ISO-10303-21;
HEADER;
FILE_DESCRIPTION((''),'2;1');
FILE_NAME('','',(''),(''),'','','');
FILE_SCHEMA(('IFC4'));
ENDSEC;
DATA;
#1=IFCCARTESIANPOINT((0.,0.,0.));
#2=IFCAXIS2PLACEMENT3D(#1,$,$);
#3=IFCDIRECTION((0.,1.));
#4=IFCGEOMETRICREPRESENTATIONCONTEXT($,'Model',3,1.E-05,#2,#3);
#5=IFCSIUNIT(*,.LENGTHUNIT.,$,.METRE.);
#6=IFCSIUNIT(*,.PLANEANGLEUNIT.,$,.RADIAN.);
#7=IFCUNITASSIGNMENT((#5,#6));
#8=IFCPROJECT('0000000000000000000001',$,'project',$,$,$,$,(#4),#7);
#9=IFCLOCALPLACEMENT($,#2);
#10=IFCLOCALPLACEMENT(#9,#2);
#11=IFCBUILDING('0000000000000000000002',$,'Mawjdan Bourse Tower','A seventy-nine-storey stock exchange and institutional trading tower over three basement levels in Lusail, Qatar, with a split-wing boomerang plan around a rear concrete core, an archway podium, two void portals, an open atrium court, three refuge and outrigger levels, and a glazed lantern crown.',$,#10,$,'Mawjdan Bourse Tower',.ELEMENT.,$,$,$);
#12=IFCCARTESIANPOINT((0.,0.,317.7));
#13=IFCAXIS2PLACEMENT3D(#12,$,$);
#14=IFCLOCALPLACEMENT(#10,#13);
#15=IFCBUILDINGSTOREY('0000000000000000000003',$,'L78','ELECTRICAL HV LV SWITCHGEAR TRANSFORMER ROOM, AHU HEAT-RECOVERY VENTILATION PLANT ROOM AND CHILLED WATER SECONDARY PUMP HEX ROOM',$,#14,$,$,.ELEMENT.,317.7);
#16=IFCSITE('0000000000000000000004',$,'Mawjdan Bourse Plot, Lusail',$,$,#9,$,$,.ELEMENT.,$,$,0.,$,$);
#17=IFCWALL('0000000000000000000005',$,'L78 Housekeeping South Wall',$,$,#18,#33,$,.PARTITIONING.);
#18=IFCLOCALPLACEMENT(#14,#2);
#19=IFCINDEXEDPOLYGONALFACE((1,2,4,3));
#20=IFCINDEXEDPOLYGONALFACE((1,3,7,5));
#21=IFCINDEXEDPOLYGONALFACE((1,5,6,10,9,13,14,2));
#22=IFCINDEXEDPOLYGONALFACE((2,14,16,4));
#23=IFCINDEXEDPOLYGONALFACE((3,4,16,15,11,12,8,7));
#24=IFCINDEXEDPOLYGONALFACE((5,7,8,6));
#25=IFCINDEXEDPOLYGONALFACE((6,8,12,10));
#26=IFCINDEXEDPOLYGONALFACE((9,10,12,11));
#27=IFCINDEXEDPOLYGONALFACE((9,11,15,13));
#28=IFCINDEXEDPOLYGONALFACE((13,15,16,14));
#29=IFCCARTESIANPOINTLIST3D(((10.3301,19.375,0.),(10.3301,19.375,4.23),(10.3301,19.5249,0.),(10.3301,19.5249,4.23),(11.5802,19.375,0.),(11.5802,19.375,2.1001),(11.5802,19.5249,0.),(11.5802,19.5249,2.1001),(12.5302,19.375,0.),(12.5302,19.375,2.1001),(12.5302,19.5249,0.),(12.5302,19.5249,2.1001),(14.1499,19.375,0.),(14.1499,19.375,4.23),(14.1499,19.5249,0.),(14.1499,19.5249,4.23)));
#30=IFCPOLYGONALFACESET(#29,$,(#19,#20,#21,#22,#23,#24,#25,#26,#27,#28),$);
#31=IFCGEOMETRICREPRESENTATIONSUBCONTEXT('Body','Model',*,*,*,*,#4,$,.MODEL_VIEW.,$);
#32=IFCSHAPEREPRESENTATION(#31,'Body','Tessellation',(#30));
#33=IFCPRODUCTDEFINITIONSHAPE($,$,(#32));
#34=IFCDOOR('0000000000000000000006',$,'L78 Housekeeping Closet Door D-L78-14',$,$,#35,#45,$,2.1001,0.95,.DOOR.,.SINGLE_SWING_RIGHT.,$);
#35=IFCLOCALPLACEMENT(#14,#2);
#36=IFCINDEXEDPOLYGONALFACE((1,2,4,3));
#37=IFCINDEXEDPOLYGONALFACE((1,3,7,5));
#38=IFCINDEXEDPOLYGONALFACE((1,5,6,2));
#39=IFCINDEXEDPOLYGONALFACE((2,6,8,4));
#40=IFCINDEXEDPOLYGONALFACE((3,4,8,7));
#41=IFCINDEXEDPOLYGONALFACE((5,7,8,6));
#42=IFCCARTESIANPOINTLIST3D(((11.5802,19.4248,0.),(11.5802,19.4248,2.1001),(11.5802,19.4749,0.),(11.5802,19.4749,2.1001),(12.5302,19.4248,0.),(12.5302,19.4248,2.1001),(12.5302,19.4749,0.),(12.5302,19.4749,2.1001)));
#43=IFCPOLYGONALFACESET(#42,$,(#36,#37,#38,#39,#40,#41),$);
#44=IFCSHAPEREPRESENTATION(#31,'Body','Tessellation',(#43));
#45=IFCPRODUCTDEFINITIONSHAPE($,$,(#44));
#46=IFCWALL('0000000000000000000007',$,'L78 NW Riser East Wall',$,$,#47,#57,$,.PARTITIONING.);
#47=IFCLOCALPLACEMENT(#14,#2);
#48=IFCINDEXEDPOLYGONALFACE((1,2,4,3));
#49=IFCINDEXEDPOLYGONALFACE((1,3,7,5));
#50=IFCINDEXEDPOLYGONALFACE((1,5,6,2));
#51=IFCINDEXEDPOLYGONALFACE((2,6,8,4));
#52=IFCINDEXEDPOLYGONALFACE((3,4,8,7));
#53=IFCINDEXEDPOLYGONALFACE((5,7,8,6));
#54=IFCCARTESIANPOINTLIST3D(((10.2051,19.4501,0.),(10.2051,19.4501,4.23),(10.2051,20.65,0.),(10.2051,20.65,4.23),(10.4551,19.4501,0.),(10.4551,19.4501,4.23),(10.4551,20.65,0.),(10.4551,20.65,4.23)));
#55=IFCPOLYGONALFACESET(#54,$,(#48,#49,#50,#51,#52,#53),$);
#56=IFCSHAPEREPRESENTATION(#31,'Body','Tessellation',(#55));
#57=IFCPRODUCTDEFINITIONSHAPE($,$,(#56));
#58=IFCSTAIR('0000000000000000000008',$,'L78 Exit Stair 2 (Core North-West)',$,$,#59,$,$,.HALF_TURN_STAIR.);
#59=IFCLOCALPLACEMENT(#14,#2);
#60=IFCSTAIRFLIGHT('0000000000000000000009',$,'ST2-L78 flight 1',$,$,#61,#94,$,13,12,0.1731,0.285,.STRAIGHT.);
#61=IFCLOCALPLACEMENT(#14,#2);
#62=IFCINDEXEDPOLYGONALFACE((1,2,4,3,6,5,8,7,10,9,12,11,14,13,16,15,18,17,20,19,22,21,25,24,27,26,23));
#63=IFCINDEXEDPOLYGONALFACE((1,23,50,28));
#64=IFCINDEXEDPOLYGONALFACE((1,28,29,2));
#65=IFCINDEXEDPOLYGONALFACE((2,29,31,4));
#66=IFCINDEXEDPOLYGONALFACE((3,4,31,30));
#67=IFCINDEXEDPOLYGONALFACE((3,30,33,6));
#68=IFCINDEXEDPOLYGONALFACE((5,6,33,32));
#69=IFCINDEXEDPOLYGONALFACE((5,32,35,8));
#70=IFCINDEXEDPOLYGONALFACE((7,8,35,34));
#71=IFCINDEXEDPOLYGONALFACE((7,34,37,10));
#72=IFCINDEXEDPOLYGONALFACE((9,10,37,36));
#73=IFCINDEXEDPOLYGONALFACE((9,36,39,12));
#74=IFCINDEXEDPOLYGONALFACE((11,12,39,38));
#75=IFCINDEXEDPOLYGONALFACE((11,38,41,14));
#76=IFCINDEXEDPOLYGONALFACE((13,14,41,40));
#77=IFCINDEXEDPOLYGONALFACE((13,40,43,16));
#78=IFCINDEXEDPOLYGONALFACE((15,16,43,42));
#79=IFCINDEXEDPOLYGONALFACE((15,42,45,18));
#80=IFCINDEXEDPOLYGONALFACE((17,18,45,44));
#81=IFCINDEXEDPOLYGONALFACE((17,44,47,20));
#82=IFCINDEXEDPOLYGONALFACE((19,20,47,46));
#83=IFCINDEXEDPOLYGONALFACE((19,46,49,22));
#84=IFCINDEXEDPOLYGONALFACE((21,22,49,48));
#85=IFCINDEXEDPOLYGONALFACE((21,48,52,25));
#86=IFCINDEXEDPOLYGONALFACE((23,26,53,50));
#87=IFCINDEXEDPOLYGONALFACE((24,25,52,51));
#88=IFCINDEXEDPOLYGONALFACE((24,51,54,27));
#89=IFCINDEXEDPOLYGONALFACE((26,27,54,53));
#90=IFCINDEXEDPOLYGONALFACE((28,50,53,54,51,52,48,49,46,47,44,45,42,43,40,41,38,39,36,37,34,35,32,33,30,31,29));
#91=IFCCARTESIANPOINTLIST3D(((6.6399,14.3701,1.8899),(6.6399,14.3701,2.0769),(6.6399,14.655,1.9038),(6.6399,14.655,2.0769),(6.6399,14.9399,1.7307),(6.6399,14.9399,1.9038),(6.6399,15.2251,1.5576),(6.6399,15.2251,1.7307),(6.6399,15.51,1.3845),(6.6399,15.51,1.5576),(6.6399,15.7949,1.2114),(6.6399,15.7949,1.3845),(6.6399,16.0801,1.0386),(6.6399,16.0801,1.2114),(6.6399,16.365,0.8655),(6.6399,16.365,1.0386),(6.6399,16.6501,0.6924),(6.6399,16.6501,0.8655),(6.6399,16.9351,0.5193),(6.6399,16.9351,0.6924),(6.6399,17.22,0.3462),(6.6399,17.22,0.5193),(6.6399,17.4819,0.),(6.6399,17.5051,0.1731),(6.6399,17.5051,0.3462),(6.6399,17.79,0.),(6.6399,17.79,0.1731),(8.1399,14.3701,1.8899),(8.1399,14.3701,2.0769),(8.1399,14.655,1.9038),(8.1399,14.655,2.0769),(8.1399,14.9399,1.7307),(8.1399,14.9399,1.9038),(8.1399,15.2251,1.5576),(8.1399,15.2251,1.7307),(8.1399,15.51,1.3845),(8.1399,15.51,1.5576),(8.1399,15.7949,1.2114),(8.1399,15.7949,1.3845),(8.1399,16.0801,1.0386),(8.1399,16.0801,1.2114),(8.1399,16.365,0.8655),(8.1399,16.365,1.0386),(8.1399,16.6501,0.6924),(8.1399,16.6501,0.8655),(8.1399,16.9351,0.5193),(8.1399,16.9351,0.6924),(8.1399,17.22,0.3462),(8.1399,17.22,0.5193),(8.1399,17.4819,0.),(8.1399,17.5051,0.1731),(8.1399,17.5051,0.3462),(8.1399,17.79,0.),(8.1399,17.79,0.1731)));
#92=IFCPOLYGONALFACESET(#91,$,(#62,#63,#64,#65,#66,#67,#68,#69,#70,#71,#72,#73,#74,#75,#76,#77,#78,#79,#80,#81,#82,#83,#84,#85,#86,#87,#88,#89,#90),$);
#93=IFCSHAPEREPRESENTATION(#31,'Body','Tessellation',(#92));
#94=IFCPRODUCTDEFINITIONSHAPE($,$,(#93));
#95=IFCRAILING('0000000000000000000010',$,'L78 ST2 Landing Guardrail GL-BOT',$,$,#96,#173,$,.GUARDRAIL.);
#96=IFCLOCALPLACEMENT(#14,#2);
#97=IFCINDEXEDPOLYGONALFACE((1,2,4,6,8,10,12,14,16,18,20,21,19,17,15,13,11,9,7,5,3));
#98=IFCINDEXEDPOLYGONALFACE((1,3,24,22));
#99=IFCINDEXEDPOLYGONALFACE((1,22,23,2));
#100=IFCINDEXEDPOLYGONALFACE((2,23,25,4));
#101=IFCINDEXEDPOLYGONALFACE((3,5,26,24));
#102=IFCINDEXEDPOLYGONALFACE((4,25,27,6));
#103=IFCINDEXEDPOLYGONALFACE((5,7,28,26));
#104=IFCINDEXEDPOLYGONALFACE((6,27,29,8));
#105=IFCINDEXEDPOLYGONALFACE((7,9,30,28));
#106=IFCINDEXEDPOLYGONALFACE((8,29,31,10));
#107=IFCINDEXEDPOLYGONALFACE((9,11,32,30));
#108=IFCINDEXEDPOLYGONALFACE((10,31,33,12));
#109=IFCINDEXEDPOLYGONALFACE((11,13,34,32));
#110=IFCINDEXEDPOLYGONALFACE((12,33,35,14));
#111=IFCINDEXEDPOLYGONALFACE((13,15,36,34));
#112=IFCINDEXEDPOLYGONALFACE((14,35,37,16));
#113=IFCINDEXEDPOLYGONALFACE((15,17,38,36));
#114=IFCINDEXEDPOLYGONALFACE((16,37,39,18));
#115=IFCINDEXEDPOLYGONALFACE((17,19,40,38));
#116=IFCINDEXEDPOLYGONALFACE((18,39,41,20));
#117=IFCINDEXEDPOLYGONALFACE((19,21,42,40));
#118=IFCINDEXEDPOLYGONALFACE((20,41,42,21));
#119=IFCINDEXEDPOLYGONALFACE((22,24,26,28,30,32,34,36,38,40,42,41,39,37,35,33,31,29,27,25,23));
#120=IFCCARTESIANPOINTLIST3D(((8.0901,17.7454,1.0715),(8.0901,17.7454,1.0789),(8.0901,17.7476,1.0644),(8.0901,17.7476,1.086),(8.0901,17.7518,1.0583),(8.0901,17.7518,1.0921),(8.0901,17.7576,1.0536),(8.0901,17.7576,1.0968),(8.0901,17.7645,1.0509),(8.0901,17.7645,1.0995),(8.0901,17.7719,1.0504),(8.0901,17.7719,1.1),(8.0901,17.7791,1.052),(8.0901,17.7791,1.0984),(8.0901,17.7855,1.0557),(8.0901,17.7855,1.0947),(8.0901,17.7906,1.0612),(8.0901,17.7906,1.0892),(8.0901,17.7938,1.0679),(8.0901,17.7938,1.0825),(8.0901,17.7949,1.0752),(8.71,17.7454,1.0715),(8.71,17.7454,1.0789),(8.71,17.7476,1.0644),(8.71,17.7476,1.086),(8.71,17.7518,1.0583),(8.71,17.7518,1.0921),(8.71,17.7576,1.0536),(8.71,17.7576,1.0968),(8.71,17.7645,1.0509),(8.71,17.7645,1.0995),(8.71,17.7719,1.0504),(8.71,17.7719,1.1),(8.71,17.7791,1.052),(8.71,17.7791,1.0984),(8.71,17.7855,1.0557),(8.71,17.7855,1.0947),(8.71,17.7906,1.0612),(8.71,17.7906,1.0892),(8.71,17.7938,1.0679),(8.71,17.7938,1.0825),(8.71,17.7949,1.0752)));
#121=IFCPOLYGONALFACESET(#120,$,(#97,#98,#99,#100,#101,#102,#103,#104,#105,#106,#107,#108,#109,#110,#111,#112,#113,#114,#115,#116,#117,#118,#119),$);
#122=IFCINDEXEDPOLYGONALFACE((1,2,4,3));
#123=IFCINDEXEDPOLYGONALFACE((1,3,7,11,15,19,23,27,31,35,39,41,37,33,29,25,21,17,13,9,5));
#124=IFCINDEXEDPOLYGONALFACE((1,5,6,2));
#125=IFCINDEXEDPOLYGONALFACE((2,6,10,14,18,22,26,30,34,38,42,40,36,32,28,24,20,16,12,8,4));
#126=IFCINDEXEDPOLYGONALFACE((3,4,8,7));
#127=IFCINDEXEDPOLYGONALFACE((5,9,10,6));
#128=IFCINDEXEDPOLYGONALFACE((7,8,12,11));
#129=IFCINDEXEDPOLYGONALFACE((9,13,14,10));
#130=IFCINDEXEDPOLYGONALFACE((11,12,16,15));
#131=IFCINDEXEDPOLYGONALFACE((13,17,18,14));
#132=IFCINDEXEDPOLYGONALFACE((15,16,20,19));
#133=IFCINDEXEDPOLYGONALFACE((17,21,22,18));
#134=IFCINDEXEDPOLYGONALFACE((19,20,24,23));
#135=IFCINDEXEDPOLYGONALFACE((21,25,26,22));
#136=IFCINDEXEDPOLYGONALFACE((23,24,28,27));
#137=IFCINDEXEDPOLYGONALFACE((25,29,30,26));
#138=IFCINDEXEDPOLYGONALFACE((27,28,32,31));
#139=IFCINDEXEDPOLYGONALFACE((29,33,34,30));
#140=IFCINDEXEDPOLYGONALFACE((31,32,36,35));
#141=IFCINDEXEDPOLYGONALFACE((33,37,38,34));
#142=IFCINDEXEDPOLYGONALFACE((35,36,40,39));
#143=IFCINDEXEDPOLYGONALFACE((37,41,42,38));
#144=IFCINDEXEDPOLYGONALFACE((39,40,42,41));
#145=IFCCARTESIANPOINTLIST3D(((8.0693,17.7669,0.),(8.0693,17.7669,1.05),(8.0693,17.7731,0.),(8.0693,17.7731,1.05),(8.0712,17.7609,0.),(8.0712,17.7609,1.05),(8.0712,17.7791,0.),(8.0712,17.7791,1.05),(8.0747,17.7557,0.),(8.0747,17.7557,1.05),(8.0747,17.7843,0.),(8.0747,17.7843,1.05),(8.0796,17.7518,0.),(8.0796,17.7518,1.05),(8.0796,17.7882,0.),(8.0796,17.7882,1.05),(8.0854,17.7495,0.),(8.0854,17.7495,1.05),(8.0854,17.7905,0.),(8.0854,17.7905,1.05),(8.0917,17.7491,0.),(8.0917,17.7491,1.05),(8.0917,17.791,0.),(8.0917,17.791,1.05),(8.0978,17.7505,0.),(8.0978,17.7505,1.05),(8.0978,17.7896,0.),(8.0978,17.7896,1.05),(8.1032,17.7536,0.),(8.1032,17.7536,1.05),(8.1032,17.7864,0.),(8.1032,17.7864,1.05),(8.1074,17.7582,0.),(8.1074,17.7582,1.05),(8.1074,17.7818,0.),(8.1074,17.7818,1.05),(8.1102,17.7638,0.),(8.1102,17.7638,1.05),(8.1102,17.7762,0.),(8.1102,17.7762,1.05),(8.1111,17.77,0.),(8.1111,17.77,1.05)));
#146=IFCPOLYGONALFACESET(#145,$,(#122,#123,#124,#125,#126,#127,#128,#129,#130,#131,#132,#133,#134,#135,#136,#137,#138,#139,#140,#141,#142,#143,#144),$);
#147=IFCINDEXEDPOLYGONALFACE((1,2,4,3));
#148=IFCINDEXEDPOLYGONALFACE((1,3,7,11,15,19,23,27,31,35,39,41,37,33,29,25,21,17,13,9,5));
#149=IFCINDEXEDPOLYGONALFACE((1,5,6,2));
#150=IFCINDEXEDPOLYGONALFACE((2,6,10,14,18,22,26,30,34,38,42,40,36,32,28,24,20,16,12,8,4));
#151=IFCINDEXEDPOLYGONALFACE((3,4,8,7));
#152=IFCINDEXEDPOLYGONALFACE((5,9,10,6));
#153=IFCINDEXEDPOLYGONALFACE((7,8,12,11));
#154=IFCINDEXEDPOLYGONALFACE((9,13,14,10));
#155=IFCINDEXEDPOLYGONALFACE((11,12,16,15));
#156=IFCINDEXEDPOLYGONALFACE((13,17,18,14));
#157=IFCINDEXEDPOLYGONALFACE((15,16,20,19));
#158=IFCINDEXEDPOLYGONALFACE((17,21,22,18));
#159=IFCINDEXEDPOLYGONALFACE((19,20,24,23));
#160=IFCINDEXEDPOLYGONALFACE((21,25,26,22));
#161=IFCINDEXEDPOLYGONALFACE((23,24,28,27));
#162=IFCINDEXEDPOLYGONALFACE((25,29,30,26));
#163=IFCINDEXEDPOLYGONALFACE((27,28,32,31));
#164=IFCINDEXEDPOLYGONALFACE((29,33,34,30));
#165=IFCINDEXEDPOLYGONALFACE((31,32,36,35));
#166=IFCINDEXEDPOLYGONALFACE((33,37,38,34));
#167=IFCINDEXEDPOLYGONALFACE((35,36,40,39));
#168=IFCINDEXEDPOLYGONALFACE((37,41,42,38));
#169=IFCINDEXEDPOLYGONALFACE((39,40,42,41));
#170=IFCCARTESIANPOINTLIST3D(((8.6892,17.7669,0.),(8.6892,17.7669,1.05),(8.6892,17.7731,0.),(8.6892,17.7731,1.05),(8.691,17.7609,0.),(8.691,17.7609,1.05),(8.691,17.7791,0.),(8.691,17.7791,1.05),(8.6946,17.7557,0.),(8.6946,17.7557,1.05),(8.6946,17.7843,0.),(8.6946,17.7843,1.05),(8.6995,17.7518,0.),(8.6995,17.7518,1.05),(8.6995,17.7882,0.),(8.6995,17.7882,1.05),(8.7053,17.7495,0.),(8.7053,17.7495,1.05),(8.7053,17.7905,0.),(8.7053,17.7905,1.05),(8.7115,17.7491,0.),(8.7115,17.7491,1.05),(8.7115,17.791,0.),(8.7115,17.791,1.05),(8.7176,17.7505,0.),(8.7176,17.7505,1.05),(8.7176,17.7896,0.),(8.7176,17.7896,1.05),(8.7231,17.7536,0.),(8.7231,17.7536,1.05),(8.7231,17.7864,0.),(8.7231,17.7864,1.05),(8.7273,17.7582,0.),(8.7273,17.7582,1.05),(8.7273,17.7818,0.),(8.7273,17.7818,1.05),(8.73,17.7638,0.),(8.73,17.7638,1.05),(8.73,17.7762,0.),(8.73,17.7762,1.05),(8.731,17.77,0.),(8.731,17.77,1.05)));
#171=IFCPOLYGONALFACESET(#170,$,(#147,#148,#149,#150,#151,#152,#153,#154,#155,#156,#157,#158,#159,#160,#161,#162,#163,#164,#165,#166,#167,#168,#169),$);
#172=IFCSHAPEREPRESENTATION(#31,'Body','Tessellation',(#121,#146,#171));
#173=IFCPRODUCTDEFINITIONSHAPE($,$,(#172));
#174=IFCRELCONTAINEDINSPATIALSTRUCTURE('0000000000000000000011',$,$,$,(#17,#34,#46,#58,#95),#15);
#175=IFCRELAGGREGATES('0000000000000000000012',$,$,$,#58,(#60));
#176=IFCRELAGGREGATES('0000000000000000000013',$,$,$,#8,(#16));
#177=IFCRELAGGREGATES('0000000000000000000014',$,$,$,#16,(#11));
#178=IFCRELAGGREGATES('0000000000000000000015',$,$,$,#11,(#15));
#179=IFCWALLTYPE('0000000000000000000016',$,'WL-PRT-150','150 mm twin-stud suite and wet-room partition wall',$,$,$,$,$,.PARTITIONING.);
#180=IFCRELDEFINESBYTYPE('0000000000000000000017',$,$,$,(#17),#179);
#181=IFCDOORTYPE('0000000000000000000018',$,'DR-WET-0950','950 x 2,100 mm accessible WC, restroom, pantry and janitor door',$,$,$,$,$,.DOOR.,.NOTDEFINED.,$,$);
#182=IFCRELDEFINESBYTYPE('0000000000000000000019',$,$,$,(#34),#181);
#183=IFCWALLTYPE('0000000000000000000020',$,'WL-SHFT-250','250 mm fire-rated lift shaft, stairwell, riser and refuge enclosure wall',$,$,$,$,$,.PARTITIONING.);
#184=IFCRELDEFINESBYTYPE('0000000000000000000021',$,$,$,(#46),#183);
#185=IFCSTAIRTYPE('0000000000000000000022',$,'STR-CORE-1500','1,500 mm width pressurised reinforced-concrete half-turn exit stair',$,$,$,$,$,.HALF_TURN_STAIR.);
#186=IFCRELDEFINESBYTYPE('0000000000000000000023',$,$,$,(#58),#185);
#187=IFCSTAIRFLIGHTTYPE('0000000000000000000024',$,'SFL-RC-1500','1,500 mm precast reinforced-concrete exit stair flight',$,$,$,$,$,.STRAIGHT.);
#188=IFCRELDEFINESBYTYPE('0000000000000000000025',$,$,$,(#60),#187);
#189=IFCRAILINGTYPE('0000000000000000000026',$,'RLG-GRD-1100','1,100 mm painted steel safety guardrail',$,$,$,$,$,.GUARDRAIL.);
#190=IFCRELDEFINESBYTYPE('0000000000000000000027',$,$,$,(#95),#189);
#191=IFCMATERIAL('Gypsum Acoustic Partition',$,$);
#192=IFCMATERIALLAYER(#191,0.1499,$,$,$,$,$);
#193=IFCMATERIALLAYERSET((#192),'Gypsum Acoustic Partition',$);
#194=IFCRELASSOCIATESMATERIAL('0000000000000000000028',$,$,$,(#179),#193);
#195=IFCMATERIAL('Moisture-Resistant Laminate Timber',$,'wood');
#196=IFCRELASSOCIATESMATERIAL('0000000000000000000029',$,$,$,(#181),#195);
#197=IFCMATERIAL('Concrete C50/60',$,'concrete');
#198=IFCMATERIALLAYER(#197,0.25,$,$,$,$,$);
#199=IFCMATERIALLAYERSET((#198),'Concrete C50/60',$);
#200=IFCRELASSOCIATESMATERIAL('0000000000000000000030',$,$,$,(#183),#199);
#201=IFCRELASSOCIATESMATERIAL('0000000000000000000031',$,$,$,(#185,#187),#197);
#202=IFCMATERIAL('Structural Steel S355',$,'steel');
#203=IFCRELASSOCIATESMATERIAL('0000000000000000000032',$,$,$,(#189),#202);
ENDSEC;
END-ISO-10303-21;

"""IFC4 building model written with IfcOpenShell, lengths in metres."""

from ifc_helpers import new_model, si_unit, direction, frame, frame_2d, origin, origin_2d, place, context, subcontext, project, spatial, polyline, rectangle, circle, outline, extrude, material, layer, layer_set, type_object, element, fill, aggregate, save


model = new_model("IFC4")

# Units and contexts
model_context = context("Model", 3, precision=1e-05, world=origin(), true_north=direction((0.0, 1.0)))
body_context = subcontext(model_context, "Body", "Model", "MODEL_VIEW")
ifc_project = project(units=[si_unit("LENGTHUNIT", "METRE"), si_unit("PLANEANGLEUNIT", "RADIAN")], contexts=[model_context])

# Site, building, storey
site_placement = place(None, origin())
site = spatial("IfcSite", under=ifc_project, at=site_placement, Name="Mawjdan Bourse Plot, Lusail", CompositionType="ELEMENT", RefElevation=0.0)
building_placement = place(site_placement, origin())
building = spatial("IfcBuilding", under=site, at=building_placement, Name="Mawjdan Bourse Tower", Description="A seventy-nine-storey stock exchange and institutional trading tower over three basement levels in Lusail, Qatar, with a split-wing boomerang plan around a rear concrete core, an archway podium, two void portals, an open atrium court, three refuge and outrigger levels, and a glazed lantern crown.", LongName="Mawjdan Bourse Tower", CompositionType="ELEMENT")
storey_placement = place(building_placement, frame((0.0, 0.0, 317.7)))
storey = spatial("IfcBuildingStorey", under=building, at=storey_placement, Name="L78", Description="ELECTRICAL HV LV SWITCHGEAR TRANSFORMER ROOM, AHU HEAT-RECOVERY VENTILATION PLANT ROOM AND CHILLED WATER SECONDARY PUMP HEX ROOM", CompositionType="ELEMENT", Elevation=317.7)

# Wall, opening, door
ifc_material_1 = material(Name="Gypsum Acoustic Partition")
ifc_layer_1 = layer(ifc_material_1, 0.1499)
ifc_layer_set_1 = layer_set([ifc_layer_1], Name="Gypsum Acoustic Partition")
wall_type_1 = type_object("IfcWallType", Name="WL-PRT-150", Description="150 mm twin-stud suite and wet-room partition wall", PredefinedType="PARTITIONING", material=ifc_layer_set_1)
wall_1_placement = place(storey_placement, frame((10.3301, 19.45, 0.0), z_axis=(0.0, 0.0, 1.0), x_axis=(1.0, 0.0, 0.0)))
wall_1 = element("IfcWall", 1, at=wall_1_placement, inside=storey, type_object=wall_type_1, Name="L78 Housekeeping South Wall", PredefinedType="PARTITIONING", context=body_context, shape_type="SweptSolid", body=[
    extrude(rectangle(XDim=3.8198, YDim=0.1499, at=frame_2d((1.9099, 0.0))), origin(), (0.0, 0.0, 1.0), 4.23),
])
opening_placement = place(wall_1_placement, frame((1.25, 0.0, 0.0)))
opening = element("IfcOpeningElement", 2, at=opening_placement, cuts=wall_1, PredefinedType="OPENING", context=body_context, shape_type="SweptSolid", body=[
    extrude(rectangle(XDim=0.95, YDim=2.1001, at=frame_2d((0.4751, 1.05))), frame((0.0, 0.085, 0.0), z_axis=(0.0, -1.0, 0.0), x_axis=(1.0, 0.0, 0.0)), (0.0, 0.0, 1.0), 0.1699),
])
ifc_material_2 = material(Name="Moisture-Resistant Laminate Timber", Category="wood")
door_type = type_object("IfcDoorType", Name="DR-WET-0950", Description="950 x 2,100 mm accessible WC, restroom, pantry and janitor door", OperationType="NOTDEFINED", PredefinedType="DOOR", material=ifc_material_2)
door_placement = place(opening_placement, origin())
door = element("IfcDoor", 3, at=door_placement, inside=storey, type_object=door_type, Name="L78 Housekeeping Closet Door D-L78-14", OperationType="SINGLE_SWING_RIGHT", OverallHeight=2.1001, OverallWidth=0.95, PredefinedType="DOOR", context=body_context, shape_type="SweptSolid", body=[
    extrude(rectangle(XDim=0.95, YDim=2.1001, at=frame_2d((0.4751, 1.05))), frame((0.0, 0.0249, 0.0), z_axis=(0.0, -1.0, 0.0), x_axis=(1.0, 0.0, 0.0)), (0.0, 0.0, 1.0), 0.05),
])
fill(opening, door)

# Wall
ifc_material_3 = material(Name="Concrete C50/60", Category="concrete")
ifc_layer_2 = layer(ifc_material_3, 0.25)
ifc_layer_set_2 = layer_set([ifc_layer_2], Name="Concrete C50/60")
wall_type_2 = type_object("IfcWallType", Name="WL-SHFT-250", Description="250 mm fire-rated lift shaft, stairwell, riser and refuge enclosure wall", PredefinedType="PARTITIONING", material=ifc_layer_set_2)
wall_2_placement = place(storey_placement, frame((10.3301, 19.45, 0.0), z_axis=(0.0, 0.0, 1.0), x_axis=(0.0, 1.0, 0.0)))
element("IfcWall", 4, at=wall_2_placement, inside=storey, type_object=wall_type_2, Name="L78 NW Riser East Wall", PredefinedType="PARTITIONING", context=body_context, shape_type="SweptSolid", body=[
    extrude(rectangle(XDim=1.2, YDim=0.25, at=frame_2d((0.6001, 0.0))), origin(), (0.0, 0.0, 1.0), 4.23),
])

# Stair, stair flight
stair_type = type_object("IfcStairType", Name="STR-CORE-1500", Description="1,500 mm width pressurised reinforced-concrete half-turn exit stair", PredefinedType="HALF_TURN_STAIR", material=ifc_material_3)
stair_placement = place(storey_placement, origin())
stair = element("IfcStair", 5, at=stair_placement, inside=storey, type_object=stair_type, Name="L78 Exit Stair 2 (Core North-West)", PredefinedType="HALF_TURN_STAIR")
stair_flight_type = type_object("IfcStairFlightType", Name="SFL-RC-1500", Description="1,500 mm precast reinforced-concrete exit stair flight", PredefinedType="STRAIGHT", material=ifc_material_3)
stair_flight_placement = place(storey_placement, frame((7.3899, 17.79, 0.0), z_axis=(0.0, 0.0, 1.0), x_axis=(0.0, -1.0, 0.0)))
stair_flight = element("IfcStairFlight", 6, at=stair_flight_placement, type_object=stair_flight_type, Name="ST2-L78 flight 1", NumberOfRisers=13, NumberOfTreads=12, PredefinedType="STRAIGHT", RiserHeight=0.1731, TreadLength=0.285, context=body_context, shape_type="SweptSolid", body=[
    extrude(outline(polyline([(0.0, 0.0), (0.0, 0.1731), (0.2849, 0.1731), (0.2849, 0.3462), (0.5701, 0.3462), (0.5701, 0.5193), (0.855, 0.5193), (0.855, 0.6924), (1.1399, 0.6924), (1.1399, 0.8655), (1.425, 0.8655), (1.425, 1.0386), (1.71, 1.0386), (1.71, 1.2114), (1.9951, 1.2114), (1.9951, 1.3845), (2.28, 1.3845), (2.28, 1.5576), (2.5649, 1.5576), (2.5649, 1.7307), (2.8501, 1.7307), (2.8501, 1.9038), (3.135, 1.9038), (3.135, 2.0769), (3.4199, 2.0769), (3.4199, 2.25), (3.4199, 1.8899), (0.3081, 0.0), (0.0, 0.0)])), frame((0.0, 0.75, 0.0), z_axis=(0.0, -1.0, 0.0), x_axis=(1.0, 0.0, 0.0)), (0.0, 0.0, 1.0), 1.5),
])
aggregate(stair, [stair_flight])

# Railing
ifc_material_4 = material(Name="Structural Steel S355", Category="steel")
railing_type_1 = type_object("IfcRailingType", Name="RLG-GRD-1100", Description="1,100 mm painted steel safety guardrail", PredefinedType="GUARDRAIL", material=ifc_material_4)
railing_1_placement = place(storey_placement, frame((8.0901, 17.77, 0.0)))
element("IfcRailing", 7, at=railing_1_placement, inside=storey, type_object=railing_type_1, Name="L78 ST2 Landing Guardrail GL-BOT", PredefinedType="GUARDRAIL", context=body_context, shape_type="SweptSolid", body=[
    extrude(circle(Radius=0.0249, at=origin_2d()), frame((0.0, 0.0, 1.0752), z_axis=(1.0, 0.0, 0.0), x_axis=(0.0, 1.0, 0.0)), (0.0, 0.0, 1.0), 0.6199),
    extrude(circle(Radius=0.021, at=origin_2d()), origin(), (0.0, 0.0, 1.0), 1.05),
    extrude(circle(Radius=0.021, at=origin_2d()), frame((0.6199, 0.0, 0.0)), (0.0, 0.0, 1.0), 1.05),
])

save(model, "model.ifc")
